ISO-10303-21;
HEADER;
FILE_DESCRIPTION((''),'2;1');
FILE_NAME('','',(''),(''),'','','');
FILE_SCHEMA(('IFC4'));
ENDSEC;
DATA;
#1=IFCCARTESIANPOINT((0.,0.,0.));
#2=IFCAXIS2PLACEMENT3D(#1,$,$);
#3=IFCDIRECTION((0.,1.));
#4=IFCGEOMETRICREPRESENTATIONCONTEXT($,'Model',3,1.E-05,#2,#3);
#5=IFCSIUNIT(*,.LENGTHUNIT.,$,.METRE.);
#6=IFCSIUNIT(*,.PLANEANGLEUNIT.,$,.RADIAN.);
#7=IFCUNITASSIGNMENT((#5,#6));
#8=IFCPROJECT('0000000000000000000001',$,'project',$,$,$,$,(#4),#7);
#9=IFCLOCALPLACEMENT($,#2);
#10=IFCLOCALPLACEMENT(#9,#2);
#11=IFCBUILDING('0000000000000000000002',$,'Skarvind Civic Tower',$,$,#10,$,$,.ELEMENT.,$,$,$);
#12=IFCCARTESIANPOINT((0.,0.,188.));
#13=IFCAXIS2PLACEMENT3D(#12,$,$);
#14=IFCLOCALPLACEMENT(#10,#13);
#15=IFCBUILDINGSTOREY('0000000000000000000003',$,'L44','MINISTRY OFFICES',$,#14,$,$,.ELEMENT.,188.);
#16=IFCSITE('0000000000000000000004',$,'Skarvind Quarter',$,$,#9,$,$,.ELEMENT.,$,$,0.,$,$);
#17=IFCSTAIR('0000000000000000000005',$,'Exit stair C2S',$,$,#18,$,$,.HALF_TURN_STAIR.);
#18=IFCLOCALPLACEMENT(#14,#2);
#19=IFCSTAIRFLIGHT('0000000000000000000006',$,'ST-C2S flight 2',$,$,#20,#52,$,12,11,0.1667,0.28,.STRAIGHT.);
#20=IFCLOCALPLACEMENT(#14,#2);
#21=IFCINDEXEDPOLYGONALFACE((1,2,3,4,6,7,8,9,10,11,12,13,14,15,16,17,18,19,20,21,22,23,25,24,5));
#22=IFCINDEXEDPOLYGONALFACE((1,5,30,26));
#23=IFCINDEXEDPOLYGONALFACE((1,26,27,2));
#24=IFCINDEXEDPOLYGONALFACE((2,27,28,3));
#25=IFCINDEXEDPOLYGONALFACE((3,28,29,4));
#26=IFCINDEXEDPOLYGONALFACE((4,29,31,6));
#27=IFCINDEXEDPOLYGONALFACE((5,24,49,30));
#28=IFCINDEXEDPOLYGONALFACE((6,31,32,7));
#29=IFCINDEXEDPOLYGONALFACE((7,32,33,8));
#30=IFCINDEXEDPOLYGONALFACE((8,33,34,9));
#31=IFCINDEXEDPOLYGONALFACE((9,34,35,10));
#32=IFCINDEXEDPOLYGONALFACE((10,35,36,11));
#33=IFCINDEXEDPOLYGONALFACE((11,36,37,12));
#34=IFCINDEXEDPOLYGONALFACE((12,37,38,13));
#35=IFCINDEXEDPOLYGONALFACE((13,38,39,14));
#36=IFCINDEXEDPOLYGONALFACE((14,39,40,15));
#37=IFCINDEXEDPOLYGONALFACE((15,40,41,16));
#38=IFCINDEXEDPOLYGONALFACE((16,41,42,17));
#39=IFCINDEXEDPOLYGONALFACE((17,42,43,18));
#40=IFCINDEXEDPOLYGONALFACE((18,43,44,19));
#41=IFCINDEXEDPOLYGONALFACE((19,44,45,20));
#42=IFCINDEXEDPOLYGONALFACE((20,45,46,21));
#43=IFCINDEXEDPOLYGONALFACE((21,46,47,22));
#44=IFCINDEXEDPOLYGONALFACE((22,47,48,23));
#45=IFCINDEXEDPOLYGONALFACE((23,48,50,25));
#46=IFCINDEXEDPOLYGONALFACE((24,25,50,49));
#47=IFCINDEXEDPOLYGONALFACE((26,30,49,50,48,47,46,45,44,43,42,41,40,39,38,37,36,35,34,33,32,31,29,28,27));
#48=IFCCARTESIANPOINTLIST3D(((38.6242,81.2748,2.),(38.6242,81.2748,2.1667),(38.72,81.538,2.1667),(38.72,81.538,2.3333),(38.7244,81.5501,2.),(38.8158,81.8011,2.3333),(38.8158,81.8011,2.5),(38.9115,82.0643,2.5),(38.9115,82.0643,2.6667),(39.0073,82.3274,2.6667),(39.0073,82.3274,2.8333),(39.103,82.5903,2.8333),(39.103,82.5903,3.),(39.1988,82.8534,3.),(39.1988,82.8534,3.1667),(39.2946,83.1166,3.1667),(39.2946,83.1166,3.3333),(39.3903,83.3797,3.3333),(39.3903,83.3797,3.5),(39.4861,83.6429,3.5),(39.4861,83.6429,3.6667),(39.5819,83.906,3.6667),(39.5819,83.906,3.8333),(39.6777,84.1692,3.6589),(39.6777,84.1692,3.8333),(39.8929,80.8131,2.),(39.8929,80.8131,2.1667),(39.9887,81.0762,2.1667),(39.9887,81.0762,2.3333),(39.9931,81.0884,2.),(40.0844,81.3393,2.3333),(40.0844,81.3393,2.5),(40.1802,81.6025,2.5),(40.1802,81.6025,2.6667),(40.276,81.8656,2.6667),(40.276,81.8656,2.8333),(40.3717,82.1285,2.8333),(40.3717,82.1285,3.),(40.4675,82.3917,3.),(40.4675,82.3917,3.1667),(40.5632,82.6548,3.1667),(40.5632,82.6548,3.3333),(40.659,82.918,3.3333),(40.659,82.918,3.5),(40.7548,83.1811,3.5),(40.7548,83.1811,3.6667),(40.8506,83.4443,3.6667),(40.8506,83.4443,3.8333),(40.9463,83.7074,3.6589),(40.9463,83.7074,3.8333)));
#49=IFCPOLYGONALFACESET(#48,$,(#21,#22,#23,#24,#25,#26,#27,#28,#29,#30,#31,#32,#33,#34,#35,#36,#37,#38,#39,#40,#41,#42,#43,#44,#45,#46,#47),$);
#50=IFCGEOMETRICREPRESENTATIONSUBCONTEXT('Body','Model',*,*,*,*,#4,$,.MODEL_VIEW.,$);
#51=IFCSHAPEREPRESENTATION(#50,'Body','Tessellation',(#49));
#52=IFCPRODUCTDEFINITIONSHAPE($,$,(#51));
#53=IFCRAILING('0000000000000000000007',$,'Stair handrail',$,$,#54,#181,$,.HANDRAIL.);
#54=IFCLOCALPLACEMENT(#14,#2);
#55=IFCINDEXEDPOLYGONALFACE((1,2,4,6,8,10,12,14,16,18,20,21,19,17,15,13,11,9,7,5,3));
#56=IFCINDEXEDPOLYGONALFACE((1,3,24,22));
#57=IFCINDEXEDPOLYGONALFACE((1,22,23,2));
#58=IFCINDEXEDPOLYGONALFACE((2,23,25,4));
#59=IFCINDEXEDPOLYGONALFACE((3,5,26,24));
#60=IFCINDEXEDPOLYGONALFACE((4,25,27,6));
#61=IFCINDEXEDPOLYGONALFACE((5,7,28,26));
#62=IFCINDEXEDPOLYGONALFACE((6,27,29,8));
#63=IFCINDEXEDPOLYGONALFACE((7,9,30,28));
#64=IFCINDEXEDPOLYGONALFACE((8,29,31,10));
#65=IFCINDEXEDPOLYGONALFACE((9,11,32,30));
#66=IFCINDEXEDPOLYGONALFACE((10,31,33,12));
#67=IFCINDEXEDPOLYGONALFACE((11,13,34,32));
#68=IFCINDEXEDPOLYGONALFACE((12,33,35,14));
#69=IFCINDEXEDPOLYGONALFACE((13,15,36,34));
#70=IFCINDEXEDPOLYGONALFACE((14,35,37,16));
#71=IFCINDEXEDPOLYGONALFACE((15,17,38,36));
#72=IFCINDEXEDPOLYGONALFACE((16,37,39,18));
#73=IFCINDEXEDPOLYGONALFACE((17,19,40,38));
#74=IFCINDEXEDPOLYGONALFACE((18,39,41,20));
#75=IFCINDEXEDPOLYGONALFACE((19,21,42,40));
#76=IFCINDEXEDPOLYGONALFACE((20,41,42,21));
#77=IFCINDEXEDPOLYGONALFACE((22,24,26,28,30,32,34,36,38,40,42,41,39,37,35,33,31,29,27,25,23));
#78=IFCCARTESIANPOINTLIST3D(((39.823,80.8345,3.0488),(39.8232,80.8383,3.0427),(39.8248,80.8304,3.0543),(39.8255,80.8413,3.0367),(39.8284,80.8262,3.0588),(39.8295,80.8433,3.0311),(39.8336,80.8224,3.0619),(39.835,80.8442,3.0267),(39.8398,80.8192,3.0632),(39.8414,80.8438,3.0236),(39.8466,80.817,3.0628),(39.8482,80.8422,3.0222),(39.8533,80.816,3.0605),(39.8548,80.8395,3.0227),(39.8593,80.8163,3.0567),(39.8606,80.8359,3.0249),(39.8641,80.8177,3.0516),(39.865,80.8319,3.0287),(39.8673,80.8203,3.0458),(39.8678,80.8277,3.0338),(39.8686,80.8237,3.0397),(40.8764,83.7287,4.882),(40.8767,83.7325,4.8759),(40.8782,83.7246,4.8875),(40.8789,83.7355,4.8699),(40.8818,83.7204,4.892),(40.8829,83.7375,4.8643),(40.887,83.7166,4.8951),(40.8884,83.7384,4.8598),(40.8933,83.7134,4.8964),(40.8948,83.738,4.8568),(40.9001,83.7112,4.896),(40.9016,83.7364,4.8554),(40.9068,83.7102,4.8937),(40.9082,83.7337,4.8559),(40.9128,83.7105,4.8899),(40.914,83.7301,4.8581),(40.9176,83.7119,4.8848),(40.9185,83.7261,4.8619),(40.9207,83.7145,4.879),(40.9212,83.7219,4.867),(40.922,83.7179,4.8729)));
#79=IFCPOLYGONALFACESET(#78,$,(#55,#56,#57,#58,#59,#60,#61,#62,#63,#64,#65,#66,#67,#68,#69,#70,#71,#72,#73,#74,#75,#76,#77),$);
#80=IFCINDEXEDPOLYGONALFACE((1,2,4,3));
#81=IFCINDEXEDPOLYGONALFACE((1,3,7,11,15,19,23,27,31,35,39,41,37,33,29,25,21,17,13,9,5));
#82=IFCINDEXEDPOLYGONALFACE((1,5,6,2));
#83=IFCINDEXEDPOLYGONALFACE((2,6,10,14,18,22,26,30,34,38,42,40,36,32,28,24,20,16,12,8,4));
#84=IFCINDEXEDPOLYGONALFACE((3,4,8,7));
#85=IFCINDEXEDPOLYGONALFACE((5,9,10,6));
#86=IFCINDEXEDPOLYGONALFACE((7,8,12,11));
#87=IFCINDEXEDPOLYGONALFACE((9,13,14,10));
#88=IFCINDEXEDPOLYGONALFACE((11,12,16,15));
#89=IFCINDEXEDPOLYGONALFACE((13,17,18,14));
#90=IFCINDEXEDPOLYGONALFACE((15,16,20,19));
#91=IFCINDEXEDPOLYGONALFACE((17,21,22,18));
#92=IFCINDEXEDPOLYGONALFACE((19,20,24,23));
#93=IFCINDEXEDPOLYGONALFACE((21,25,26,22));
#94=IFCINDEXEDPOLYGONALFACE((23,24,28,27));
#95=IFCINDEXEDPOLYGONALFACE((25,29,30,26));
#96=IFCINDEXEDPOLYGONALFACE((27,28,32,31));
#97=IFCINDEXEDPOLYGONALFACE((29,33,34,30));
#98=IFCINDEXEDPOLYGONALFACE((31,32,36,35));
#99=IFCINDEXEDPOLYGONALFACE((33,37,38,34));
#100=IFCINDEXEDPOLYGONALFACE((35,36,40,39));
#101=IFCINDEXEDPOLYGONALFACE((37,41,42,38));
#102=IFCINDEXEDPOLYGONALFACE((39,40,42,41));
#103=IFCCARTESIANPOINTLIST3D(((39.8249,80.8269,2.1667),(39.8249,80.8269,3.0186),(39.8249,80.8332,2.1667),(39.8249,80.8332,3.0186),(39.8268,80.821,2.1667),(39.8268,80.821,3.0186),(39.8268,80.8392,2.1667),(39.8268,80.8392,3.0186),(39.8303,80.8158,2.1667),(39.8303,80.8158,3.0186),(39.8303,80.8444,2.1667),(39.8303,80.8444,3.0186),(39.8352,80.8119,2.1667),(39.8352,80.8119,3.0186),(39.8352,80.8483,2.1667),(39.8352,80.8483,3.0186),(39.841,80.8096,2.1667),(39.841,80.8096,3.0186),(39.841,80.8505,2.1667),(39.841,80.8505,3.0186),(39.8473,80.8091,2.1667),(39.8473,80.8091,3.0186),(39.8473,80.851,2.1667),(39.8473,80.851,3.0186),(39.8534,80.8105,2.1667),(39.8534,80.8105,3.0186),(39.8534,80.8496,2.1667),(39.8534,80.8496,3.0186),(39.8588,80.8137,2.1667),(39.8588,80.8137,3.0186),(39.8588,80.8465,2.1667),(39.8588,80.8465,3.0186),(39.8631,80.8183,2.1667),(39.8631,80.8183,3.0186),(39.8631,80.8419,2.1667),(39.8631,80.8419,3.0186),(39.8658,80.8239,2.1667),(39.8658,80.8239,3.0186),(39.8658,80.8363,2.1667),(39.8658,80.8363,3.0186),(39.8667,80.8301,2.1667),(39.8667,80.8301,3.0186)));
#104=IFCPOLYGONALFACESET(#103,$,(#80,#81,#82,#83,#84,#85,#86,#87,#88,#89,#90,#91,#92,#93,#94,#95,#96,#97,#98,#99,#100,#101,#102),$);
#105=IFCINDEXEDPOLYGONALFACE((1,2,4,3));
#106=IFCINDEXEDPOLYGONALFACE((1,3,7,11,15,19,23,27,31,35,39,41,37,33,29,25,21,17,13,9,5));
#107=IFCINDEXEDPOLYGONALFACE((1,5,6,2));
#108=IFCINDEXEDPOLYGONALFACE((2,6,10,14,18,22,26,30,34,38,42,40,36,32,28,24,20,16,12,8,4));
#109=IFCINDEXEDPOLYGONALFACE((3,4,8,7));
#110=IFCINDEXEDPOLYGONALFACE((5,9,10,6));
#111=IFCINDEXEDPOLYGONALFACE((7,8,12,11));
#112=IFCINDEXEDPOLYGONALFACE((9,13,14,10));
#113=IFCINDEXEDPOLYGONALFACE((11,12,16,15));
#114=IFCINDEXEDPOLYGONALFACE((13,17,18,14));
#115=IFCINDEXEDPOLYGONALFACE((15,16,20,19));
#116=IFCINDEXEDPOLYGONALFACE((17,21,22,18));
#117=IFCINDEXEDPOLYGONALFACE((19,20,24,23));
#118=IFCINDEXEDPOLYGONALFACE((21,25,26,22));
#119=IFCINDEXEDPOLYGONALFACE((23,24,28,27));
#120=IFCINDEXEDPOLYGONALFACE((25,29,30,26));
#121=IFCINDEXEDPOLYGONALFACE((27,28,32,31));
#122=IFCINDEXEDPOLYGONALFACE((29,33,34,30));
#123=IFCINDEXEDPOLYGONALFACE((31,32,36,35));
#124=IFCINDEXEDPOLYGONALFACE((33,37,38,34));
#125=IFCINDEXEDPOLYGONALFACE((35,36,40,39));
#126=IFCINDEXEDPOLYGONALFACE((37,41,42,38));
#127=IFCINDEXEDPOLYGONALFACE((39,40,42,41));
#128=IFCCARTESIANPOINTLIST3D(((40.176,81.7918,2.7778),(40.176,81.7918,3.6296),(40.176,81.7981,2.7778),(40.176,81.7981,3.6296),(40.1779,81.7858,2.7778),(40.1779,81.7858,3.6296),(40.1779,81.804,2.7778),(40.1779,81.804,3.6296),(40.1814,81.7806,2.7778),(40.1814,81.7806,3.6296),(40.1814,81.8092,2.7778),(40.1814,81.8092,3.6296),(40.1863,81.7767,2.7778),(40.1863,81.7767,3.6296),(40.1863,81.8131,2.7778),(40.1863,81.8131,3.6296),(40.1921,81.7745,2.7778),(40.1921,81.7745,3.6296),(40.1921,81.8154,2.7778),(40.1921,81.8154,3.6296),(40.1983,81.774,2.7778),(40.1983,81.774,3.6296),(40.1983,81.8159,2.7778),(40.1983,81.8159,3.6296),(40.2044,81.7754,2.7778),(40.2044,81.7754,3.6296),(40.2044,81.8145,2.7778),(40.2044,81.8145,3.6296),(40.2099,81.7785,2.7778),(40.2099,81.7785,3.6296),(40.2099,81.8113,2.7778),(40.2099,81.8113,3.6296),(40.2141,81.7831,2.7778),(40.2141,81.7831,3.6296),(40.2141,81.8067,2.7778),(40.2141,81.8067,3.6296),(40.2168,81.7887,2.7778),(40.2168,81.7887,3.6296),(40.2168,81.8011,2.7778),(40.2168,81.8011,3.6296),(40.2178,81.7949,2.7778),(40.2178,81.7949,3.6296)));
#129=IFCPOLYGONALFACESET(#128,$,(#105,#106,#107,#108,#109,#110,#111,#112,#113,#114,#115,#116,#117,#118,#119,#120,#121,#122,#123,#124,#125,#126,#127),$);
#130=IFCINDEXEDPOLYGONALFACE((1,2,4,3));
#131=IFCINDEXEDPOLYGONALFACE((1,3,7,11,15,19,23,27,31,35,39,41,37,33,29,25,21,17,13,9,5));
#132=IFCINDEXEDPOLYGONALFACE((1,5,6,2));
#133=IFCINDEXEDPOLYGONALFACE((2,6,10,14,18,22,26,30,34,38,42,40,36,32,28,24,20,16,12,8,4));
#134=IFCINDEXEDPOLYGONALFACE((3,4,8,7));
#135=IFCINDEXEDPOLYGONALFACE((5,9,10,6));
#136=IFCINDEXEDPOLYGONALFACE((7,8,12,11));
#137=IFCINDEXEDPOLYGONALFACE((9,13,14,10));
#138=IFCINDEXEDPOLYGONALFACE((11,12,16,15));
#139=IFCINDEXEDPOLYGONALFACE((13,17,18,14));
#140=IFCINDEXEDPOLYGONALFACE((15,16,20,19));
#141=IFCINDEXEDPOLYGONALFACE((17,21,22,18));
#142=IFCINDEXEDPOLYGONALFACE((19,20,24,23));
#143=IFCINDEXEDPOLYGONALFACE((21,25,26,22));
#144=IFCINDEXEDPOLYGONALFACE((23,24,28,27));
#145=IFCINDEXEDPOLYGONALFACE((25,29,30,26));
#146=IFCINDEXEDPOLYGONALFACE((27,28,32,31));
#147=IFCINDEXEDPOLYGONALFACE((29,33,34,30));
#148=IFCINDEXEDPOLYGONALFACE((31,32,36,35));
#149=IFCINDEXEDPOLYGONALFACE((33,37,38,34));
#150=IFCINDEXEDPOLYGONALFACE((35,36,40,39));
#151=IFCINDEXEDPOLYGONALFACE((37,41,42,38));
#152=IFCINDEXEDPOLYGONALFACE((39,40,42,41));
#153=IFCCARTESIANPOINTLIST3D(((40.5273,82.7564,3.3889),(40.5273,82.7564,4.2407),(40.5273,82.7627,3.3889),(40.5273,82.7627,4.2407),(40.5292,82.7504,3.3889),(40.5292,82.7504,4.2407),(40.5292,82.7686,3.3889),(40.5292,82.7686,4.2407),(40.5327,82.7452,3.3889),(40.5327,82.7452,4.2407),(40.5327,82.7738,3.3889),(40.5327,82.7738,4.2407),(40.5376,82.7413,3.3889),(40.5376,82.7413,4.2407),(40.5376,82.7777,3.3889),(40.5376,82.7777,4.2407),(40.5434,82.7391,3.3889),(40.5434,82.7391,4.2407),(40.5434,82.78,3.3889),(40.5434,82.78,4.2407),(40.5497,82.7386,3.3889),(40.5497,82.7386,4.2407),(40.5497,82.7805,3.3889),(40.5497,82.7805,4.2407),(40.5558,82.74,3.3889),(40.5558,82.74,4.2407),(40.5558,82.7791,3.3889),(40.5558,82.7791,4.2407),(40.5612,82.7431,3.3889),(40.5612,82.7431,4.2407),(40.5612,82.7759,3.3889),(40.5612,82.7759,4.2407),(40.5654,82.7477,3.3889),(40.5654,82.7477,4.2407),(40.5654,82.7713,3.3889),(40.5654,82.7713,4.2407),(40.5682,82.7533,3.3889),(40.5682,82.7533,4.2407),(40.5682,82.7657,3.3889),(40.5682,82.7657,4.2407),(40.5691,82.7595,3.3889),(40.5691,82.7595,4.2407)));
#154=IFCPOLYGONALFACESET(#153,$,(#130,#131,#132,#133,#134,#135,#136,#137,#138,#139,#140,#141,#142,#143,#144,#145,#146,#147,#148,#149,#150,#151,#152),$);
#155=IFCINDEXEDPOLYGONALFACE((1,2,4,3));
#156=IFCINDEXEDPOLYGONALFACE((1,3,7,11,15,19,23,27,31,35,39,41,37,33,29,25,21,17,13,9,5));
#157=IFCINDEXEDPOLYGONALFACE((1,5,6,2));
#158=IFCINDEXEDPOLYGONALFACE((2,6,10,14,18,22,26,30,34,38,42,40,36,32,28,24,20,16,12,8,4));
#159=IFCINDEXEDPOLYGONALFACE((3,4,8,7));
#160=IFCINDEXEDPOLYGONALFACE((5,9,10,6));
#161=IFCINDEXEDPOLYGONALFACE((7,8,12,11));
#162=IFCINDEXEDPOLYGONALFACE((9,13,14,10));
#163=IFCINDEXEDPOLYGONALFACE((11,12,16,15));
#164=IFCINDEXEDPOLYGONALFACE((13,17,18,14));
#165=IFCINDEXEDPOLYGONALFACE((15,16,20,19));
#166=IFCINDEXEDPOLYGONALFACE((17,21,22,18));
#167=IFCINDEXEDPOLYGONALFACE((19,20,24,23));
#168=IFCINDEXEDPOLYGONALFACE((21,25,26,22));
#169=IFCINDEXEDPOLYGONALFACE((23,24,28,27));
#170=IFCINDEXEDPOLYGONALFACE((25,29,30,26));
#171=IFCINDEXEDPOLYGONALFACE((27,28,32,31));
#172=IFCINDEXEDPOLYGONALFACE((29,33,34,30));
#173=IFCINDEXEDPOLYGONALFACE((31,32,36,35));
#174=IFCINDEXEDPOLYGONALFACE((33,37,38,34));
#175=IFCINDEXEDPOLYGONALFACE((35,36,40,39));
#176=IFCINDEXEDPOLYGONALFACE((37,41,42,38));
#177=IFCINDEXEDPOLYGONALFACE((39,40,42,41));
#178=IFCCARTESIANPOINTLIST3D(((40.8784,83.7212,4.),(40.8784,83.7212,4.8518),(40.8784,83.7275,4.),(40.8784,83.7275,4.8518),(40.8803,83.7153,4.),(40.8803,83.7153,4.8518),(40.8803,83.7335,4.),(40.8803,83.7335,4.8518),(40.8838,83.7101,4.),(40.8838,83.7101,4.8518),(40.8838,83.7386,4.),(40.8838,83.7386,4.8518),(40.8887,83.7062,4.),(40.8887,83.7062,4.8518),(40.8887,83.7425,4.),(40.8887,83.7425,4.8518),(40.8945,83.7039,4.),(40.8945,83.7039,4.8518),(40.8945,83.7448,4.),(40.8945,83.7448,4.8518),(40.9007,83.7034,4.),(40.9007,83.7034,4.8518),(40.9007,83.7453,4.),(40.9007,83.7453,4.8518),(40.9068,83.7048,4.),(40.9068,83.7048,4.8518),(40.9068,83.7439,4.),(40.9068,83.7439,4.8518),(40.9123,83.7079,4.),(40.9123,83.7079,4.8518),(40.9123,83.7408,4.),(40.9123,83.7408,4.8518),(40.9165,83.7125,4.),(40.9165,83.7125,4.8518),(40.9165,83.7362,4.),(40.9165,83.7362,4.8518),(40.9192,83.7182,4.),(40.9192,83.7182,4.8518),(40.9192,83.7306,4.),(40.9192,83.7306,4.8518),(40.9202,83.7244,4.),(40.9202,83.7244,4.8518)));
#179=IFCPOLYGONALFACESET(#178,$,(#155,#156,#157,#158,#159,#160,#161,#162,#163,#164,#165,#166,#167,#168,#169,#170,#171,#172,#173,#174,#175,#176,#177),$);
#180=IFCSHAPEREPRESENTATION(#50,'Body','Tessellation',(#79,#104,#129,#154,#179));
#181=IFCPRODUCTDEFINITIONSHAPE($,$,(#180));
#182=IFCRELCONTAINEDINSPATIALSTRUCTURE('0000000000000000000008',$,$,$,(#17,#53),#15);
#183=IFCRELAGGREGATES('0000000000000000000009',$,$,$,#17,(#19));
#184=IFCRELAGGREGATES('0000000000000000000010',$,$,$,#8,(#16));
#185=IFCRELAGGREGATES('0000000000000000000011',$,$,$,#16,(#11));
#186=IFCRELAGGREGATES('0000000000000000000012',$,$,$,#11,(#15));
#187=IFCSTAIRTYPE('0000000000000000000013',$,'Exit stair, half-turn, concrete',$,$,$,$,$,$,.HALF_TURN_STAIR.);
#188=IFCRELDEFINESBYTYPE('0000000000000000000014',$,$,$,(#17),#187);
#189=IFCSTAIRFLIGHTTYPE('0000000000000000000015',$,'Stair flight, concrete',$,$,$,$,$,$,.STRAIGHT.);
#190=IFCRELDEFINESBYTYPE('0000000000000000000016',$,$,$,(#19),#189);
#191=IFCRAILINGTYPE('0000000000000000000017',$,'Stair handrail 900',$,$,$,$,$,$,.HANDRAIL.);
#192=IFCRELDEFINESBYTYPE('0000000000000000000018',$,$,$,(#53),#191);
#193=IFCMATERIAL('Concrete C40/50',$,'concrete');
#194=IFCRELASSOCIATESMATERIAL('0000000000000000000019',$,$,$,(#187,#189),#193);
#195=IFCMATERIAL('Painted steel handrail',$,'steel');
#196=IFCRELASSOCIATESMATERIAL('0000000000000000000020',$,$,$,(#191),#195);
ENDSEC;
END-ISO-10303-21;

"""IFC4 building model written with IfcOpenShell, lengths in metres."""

from ifc_helpers import new_model, si_unit, direction, frame, origin, origin_2d, place, context, subcontext, project, spatial, polyline, circle, outline, extrude, material, type_object, element, aggregate, save


model = new_model("IFC4")

# Units and contexts
model_context = context("Model", 3, precision=1e-05, world=origin(), true_north=direction((0.0, 1.0)))
body_context = subcontext(model_context, "Body", "Model", "MODEL_VIEW")
ifc_project = project(units=[si_unit("LENGTHUNIT", "METRE"), si_unit("PLANEANGLEUNIT", "RADIAN")], contexts=[model_context])

# Site, building, storey
site_placement = place(None, origin())
site = spatial("IfcSite", under=ifc_project, at=site_placement, Name="Skarvind Quarter", CompositionType="ELEMENT", RefElevation=0.0)
building_placement = place(site_placement, origin())
building = spatial("IfcBuilding", under=site, at=building_placement, Name="Skarvind Civic Tower", CompositionType="ELEMENT")
storey_placement = place(building_placement, frame((0.0, 0.0, 188.0)))
storey = spatial("IfcBuildingStorey", under=building, at=storey_placement, Name="L44", Description="MINISTRY OFFICES", CompositionType="ELEMENT", Elevation=188.0)

# Shared definitions
ifc_material_1 = material(Name="Concrete C40/50", Category="concrete")

# Stair
stair_type_1 = type_object("IfcStairType", Name="Exit stair, half-turn, concrete", PredefinedType="HALF_TURN_STAIR", material=ifc_material_1)
stair_1_placement = place(storey_placement, origin())
stair_1 = element("IfcStair", 1, at=stair_1_placement, inside=storey, type_object=stair_type_1, Name="Exit stair C2S", PredefinedType="HALF_TURN_STAIR")

# Stair flight
stair_flight_type = type_object("IfcStairFlightType", Name="Stair flight, concrete", PredefinedType="STRAIGHT", material=ifc_material_1)
stair_flight_placement = place(storey_placement, frame((39.2585, 81.0439, 2.0), z_axis=(0.0, 0.0, 1.0), x_axis=(0.34202, 0.939693, 0.0)))
stair_flight = element("IfcStairFlight", 2, at=stair_flight_placement, type_object=stair_flight_type, Name="ST-C2S flight 2", NumberOfRisers=12, NumberOfTreads=11, PredefinedType="STRAIGHT", RiserHeight=0.1667, TreadLength=0.28, context=body_context, shape_type="SweptSolid", body=[
    extrude(outline(polyline([(0.0, 0.0), (0.0, 0.1667), (0.28, 0.1667), (0.28, 0.3333), (0.5601, 0.3333), (0.5601, 0.5), (0.8401, 0.5), (0.8401, 0.6667), (1.1201, 0.6667), (1.1201, 0.8333), (1.3999, 0.8333), (1.3999, 1.0), (1.6799, 1.0), (1.6799, 1.1667), (1.96, 1.1667), (1.96, 1.3333), (2.24, 1.3333), (2.24, 1.5), (2.52, 1.5), (2.52, 1.6667), (2.8, 1.6667), (2.8, 1.8333), (3.0801, 1.8333), (3.0801, 2.0), (3.0801, 1.6589), (0.293, 0.0), (0.0, 0.0)])), frame((0.0, 0.675, 0.0), z_axis=(0.0, -1.0, 0.0), x_axis=(1.0, 0.0, 0.0)), (0.0, 0.0, 1.0), 1.3501),
])
aggregate(stair_1, [stair_flight])

# Railing
ifc_material_2 = material(Name="Painted steel handrail", Category="steel")
railing_type = type_object("IfcRailingType", Name="Stair handrail 900", PredefinedType="HANDRAIL", material=ifc_material_2)
railing_placement = place(storey_placement, frame((39.8457, 80.8301, 2.1667)))
element("IfcRailing", 3, at=railing_placement, inside=storey, type_object=railing_type, Name="Stair handrail", PredefinedType="HANDRAIL", context=body_context, shape_type="SweptSolid", body=[
    extrude(circle(Radius=0.0239, at=origin_2d()), frame((0.0, 0.0, 0.876), z_axis=(0.293908, 0.807481, 0.511461), x_axis=(-0.939689, 0.342029, 0.0)), (0.0, 0.0, 1.0), 3.5842),
    extrude(circle(Radius=0.021, at=origin_2d()), origin(), (0.0, 0.0, 1.0), 0.8518),
    extrude(circle(Radius=0.021, at=origin_2d()), frame((0.3511, 0.9648, 0.6111)), (0.0, 0.0, 1.0), 0.8518),
    extrude(circle(Radius=0.021, at=origin_2d()), frame((0.7024, 1.9294, 1.2222)), (0.0, 0.0, 1.0), 0.8518),
    extrude(circle(Radius=0.021, at=origin_2d()), frame((1.0535, 2.8943, 1.8333)), (0.0, 0.0, 1.0), 0.8518),
])

save(model, "model.ifc")
